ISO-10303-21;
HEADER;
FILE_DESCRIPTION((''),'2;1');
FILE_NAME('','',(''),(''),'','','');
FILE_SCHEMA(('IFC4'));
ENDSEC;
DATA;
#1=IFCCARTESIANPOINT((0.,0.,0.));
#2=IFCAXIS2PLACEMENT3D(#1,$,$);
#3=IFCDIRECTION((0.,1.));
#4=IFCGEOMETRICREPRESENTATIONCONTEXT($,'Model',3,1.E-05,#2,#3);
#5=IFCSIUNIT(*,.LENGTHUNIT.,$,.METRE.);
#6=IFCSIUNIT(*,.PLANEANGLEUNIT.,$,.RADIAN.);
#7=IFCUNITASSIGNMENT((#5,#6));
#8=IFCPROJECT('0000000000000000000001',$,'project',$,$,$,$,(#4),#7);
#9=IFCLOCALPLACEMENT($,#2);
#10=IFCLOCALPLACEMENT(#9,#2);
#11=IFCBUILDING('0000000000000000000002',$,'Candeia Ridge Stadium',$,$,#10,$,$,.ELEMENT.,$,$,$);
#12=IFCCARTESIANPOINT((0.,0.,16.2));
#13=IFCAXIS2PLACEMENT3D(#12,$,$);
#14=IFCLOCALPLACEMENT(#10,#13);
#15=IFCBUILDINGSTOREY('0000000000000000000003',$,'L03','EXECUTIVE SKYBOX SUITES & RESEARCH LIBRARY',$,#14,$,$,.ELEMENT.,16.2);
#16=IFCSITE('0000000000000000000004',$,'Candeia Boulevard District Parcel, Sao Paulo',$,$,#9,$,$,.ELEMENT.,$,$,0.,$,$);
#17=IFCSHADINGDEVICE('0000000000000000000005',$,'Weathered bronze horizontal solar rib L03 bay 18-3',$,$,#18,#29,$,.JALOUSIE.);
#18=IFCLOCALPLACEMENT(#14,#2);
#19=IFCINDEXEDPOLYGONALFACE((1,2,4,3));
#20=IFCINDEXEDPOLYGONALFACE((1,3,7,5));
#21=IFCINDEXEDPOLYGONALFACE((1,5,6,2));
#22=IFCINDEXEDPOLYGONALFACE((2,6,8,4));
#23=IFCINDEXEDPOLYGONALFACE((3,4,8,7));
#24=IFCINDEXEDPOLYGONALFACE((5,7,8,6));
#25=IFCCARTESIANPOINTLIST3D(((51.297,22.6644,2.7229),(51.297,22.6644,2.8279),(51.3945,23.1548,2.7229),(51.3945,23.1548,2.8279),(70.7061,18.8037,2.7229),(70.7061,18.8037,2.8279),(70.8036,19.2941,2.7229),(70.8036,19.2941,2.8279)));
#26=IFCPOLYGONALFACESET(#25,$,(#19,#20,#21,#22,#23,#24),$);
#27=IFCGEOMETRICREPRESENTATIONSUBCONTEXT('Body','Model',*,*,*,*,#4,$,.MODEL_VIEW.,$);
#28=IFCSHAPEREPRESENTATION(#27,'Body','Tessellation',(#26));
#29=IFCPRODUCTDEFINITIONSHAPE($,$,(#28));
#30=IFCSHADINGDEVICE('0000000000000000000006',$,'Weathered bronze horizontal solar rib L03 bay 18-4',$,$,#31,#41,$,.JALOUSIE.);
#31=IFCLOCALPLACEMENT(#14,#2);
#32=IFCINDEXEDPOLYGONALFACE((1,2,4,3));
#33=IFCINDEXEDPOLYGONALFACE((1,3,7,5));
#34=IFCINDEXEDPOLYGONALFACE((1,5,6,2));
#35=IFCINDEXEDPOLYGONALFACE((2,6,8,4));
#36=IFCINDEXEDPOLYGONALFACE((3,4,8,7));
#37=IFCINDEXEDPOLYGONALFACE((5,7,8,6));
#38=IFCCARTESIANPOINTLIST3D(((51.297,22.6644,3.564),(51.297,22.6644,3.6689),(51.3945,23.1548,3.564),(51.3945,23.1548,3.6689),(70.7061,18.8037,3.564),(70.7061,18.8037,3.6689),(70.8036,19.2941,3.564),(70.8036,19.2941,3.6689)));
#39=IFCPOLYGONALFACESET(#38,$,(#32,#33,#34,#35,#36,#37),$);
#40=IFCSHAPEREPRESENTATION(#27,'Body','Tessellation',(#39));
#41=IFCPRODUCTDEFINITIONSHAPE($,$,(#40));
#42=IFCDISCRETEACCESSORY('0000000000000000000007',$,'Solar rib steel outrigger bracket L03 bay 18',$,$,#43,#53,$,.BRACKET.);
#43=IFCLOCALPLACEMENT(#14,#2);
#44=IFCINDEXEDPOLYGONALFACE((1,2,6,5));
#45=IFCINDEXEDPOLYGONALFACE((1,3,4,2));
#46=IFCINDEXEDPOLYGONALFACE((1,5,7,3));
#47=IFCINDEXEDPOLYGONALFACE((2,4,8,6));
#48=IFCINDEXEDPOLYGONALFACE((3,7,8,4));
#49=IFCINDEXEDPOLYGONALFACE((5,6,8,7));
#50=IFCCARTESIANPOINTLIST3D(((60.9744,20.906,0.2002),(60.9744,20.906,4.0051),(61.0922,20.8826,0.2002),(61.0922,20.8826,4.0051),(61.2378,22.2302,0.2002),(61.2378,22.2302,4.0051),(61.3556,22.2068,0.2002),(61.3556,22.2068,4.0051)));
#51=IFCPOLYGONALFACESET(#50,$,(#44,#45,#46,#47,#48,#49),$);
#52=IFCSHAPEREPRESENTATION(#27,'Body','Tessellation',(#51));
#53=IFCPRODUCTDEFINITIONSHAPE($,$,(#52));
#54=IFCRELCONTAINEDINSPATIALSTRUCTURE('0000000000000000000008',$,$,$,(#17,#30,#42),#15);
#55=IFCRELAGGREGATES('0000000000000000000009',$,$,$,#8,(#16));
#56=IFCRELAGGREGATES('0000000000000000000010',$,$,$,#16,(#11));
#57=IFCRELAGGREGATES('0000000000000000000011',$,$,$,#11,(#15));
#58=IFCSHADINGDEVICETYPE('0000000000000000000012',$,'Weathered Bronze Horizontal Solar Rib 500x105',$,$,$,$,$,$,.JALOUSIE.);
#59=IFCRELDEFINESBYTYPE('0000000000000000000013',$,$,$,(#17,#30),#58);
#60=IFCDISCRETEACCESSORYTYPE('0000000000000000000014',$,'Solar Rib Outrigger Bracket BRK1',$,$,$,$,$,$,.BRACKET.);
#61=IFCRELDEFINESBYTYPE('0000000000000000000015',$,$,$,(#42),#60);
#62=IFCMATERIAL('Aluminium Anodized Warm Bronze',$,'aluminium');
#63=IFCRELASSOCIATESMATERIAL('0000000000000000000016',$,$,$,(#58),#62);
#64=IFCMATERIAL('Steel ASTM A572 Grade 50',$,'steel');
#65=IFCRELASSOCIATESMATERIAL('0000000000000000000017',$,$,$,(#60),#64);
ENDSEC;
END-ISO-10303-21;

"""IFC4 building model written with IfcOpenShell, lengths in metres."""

from ifc_helpers import new_model, si_unit, direction, frame, origin, origin_2d, place, context, subcontext, project, spatial, rectangle, extrude, material, type_object, element, save


model = new_model("IFC4")

# Units and contexts
model_context = context("Model", 3, precision=1e-05, world=origin(), true_north=direction((0.0, 1.0)))
body_context = subcontext(model_context, "Body", "Model", "MODEL_VIEW")
ifc_project = project(units=[si_unit("LENGTHUNIT", "METRE"), si_unit("PLANEANGLEUNIT", "RADIAN")], contexts=[model_context])

# Site, building, storey
site_placement = place(None, origin())
site = spatial("IfcSite", under=ifc_project, at=site_placement, Name="Candeia Boulevard District Parcel, Sao Paulo", CompositionType="ELEMENT", RefElevation=0.0)
building_placement = place(site_placement, origin())
building = spatial("IfcBuilding", under=site, at=building_placement, Name="Candeia Ridge Stadium", CompositionType="ELEMENT")
storey_placement = place(building_placement, frame((0.0, 0.0, 16.2)))
storey = spatial("IfcBuildingStorey", under=building, at=storey_placement, Name="L03", Description="EXECUTIVE SKYBOX SUITES & RESEARCH LIBRARY", CompositionType="ELEMENT", Elevation=16.2)

# Shared definitions
ifc_material_1 = material(Name="Aluminium Anodized Warm Bronze", Category="aluminium")

# Shading devices
shading_device_type = type_object("IfcShadingDeviceType", Name="Weathered Bronze Horizontal Solar Rib 500x105", PredefinedType="JALOUSIE", material=ifc_material_1)
for number, where, z_axis, x_axis, name in (
    (1, (61.0503, 20.9792, 2.7229), (0.0, 0.0, 1.0), (0.980785, -0.19509, 0.0), "Weathered bronze horizontal solar rib L03 bay 18-3"),
    (2, (61.0503, 20.9792, 3.564), (0.0, 0.0, 1.0), (0.980785, -0.19509, 0.0), "Weathered bronze horizontal solar rib L03 bay 18-4"),
):
    element("IfcShadingDevice", number, at=place(storey_placement, frame(where, z_axis=z_axis, x_axis=x_axis)), inside=storey, type_object=shading_device_type, Name=name, PredefinedType="JALOUSIE", context=body_context, shape_type="SweptSolid", body=[
        extrude(rectangle(XDim=19.7893, YDim=0.5, at=origin_2d()), origin(), (0.0, 0.0, 1.0), 0.105),
    ])

# Discrete accessory
ifc_material_2 = material(Name="Steel ASTM A572 Grade 50", Category="steel")
discrete_accessory_type = type_object("IfcDiscreteAccessoryType", Name="Solar Rib Outrigger Bracket BRK1", PredefinedType="BRACKET", material=ifc_material_2)
discrete_accessory_placement = place(storey_placement, frame((61.165, 21.5564, 0.2002), z_axis=(0.0, 0.0, 1.0), x_axis=(-0.19509, -0.980785, 0.0)))
element("IfcDiscreteAccessory", 3, at=discrete_accessory_placement, inside=storey, type_object=discrete_accessory_type, Name="Solar rib steel outrigger bracket L03 bay 18", PredefinedType="BRACKET", context=body_context, shape_type="SweptSolid", body=[
    extrude(rectangle(XDim=1.3501, YDim=0.1201, at=origin_2d()), origin(), (0.0, 0.0, 1.0), 3.8049),
])

save(model, "model.ifc")
